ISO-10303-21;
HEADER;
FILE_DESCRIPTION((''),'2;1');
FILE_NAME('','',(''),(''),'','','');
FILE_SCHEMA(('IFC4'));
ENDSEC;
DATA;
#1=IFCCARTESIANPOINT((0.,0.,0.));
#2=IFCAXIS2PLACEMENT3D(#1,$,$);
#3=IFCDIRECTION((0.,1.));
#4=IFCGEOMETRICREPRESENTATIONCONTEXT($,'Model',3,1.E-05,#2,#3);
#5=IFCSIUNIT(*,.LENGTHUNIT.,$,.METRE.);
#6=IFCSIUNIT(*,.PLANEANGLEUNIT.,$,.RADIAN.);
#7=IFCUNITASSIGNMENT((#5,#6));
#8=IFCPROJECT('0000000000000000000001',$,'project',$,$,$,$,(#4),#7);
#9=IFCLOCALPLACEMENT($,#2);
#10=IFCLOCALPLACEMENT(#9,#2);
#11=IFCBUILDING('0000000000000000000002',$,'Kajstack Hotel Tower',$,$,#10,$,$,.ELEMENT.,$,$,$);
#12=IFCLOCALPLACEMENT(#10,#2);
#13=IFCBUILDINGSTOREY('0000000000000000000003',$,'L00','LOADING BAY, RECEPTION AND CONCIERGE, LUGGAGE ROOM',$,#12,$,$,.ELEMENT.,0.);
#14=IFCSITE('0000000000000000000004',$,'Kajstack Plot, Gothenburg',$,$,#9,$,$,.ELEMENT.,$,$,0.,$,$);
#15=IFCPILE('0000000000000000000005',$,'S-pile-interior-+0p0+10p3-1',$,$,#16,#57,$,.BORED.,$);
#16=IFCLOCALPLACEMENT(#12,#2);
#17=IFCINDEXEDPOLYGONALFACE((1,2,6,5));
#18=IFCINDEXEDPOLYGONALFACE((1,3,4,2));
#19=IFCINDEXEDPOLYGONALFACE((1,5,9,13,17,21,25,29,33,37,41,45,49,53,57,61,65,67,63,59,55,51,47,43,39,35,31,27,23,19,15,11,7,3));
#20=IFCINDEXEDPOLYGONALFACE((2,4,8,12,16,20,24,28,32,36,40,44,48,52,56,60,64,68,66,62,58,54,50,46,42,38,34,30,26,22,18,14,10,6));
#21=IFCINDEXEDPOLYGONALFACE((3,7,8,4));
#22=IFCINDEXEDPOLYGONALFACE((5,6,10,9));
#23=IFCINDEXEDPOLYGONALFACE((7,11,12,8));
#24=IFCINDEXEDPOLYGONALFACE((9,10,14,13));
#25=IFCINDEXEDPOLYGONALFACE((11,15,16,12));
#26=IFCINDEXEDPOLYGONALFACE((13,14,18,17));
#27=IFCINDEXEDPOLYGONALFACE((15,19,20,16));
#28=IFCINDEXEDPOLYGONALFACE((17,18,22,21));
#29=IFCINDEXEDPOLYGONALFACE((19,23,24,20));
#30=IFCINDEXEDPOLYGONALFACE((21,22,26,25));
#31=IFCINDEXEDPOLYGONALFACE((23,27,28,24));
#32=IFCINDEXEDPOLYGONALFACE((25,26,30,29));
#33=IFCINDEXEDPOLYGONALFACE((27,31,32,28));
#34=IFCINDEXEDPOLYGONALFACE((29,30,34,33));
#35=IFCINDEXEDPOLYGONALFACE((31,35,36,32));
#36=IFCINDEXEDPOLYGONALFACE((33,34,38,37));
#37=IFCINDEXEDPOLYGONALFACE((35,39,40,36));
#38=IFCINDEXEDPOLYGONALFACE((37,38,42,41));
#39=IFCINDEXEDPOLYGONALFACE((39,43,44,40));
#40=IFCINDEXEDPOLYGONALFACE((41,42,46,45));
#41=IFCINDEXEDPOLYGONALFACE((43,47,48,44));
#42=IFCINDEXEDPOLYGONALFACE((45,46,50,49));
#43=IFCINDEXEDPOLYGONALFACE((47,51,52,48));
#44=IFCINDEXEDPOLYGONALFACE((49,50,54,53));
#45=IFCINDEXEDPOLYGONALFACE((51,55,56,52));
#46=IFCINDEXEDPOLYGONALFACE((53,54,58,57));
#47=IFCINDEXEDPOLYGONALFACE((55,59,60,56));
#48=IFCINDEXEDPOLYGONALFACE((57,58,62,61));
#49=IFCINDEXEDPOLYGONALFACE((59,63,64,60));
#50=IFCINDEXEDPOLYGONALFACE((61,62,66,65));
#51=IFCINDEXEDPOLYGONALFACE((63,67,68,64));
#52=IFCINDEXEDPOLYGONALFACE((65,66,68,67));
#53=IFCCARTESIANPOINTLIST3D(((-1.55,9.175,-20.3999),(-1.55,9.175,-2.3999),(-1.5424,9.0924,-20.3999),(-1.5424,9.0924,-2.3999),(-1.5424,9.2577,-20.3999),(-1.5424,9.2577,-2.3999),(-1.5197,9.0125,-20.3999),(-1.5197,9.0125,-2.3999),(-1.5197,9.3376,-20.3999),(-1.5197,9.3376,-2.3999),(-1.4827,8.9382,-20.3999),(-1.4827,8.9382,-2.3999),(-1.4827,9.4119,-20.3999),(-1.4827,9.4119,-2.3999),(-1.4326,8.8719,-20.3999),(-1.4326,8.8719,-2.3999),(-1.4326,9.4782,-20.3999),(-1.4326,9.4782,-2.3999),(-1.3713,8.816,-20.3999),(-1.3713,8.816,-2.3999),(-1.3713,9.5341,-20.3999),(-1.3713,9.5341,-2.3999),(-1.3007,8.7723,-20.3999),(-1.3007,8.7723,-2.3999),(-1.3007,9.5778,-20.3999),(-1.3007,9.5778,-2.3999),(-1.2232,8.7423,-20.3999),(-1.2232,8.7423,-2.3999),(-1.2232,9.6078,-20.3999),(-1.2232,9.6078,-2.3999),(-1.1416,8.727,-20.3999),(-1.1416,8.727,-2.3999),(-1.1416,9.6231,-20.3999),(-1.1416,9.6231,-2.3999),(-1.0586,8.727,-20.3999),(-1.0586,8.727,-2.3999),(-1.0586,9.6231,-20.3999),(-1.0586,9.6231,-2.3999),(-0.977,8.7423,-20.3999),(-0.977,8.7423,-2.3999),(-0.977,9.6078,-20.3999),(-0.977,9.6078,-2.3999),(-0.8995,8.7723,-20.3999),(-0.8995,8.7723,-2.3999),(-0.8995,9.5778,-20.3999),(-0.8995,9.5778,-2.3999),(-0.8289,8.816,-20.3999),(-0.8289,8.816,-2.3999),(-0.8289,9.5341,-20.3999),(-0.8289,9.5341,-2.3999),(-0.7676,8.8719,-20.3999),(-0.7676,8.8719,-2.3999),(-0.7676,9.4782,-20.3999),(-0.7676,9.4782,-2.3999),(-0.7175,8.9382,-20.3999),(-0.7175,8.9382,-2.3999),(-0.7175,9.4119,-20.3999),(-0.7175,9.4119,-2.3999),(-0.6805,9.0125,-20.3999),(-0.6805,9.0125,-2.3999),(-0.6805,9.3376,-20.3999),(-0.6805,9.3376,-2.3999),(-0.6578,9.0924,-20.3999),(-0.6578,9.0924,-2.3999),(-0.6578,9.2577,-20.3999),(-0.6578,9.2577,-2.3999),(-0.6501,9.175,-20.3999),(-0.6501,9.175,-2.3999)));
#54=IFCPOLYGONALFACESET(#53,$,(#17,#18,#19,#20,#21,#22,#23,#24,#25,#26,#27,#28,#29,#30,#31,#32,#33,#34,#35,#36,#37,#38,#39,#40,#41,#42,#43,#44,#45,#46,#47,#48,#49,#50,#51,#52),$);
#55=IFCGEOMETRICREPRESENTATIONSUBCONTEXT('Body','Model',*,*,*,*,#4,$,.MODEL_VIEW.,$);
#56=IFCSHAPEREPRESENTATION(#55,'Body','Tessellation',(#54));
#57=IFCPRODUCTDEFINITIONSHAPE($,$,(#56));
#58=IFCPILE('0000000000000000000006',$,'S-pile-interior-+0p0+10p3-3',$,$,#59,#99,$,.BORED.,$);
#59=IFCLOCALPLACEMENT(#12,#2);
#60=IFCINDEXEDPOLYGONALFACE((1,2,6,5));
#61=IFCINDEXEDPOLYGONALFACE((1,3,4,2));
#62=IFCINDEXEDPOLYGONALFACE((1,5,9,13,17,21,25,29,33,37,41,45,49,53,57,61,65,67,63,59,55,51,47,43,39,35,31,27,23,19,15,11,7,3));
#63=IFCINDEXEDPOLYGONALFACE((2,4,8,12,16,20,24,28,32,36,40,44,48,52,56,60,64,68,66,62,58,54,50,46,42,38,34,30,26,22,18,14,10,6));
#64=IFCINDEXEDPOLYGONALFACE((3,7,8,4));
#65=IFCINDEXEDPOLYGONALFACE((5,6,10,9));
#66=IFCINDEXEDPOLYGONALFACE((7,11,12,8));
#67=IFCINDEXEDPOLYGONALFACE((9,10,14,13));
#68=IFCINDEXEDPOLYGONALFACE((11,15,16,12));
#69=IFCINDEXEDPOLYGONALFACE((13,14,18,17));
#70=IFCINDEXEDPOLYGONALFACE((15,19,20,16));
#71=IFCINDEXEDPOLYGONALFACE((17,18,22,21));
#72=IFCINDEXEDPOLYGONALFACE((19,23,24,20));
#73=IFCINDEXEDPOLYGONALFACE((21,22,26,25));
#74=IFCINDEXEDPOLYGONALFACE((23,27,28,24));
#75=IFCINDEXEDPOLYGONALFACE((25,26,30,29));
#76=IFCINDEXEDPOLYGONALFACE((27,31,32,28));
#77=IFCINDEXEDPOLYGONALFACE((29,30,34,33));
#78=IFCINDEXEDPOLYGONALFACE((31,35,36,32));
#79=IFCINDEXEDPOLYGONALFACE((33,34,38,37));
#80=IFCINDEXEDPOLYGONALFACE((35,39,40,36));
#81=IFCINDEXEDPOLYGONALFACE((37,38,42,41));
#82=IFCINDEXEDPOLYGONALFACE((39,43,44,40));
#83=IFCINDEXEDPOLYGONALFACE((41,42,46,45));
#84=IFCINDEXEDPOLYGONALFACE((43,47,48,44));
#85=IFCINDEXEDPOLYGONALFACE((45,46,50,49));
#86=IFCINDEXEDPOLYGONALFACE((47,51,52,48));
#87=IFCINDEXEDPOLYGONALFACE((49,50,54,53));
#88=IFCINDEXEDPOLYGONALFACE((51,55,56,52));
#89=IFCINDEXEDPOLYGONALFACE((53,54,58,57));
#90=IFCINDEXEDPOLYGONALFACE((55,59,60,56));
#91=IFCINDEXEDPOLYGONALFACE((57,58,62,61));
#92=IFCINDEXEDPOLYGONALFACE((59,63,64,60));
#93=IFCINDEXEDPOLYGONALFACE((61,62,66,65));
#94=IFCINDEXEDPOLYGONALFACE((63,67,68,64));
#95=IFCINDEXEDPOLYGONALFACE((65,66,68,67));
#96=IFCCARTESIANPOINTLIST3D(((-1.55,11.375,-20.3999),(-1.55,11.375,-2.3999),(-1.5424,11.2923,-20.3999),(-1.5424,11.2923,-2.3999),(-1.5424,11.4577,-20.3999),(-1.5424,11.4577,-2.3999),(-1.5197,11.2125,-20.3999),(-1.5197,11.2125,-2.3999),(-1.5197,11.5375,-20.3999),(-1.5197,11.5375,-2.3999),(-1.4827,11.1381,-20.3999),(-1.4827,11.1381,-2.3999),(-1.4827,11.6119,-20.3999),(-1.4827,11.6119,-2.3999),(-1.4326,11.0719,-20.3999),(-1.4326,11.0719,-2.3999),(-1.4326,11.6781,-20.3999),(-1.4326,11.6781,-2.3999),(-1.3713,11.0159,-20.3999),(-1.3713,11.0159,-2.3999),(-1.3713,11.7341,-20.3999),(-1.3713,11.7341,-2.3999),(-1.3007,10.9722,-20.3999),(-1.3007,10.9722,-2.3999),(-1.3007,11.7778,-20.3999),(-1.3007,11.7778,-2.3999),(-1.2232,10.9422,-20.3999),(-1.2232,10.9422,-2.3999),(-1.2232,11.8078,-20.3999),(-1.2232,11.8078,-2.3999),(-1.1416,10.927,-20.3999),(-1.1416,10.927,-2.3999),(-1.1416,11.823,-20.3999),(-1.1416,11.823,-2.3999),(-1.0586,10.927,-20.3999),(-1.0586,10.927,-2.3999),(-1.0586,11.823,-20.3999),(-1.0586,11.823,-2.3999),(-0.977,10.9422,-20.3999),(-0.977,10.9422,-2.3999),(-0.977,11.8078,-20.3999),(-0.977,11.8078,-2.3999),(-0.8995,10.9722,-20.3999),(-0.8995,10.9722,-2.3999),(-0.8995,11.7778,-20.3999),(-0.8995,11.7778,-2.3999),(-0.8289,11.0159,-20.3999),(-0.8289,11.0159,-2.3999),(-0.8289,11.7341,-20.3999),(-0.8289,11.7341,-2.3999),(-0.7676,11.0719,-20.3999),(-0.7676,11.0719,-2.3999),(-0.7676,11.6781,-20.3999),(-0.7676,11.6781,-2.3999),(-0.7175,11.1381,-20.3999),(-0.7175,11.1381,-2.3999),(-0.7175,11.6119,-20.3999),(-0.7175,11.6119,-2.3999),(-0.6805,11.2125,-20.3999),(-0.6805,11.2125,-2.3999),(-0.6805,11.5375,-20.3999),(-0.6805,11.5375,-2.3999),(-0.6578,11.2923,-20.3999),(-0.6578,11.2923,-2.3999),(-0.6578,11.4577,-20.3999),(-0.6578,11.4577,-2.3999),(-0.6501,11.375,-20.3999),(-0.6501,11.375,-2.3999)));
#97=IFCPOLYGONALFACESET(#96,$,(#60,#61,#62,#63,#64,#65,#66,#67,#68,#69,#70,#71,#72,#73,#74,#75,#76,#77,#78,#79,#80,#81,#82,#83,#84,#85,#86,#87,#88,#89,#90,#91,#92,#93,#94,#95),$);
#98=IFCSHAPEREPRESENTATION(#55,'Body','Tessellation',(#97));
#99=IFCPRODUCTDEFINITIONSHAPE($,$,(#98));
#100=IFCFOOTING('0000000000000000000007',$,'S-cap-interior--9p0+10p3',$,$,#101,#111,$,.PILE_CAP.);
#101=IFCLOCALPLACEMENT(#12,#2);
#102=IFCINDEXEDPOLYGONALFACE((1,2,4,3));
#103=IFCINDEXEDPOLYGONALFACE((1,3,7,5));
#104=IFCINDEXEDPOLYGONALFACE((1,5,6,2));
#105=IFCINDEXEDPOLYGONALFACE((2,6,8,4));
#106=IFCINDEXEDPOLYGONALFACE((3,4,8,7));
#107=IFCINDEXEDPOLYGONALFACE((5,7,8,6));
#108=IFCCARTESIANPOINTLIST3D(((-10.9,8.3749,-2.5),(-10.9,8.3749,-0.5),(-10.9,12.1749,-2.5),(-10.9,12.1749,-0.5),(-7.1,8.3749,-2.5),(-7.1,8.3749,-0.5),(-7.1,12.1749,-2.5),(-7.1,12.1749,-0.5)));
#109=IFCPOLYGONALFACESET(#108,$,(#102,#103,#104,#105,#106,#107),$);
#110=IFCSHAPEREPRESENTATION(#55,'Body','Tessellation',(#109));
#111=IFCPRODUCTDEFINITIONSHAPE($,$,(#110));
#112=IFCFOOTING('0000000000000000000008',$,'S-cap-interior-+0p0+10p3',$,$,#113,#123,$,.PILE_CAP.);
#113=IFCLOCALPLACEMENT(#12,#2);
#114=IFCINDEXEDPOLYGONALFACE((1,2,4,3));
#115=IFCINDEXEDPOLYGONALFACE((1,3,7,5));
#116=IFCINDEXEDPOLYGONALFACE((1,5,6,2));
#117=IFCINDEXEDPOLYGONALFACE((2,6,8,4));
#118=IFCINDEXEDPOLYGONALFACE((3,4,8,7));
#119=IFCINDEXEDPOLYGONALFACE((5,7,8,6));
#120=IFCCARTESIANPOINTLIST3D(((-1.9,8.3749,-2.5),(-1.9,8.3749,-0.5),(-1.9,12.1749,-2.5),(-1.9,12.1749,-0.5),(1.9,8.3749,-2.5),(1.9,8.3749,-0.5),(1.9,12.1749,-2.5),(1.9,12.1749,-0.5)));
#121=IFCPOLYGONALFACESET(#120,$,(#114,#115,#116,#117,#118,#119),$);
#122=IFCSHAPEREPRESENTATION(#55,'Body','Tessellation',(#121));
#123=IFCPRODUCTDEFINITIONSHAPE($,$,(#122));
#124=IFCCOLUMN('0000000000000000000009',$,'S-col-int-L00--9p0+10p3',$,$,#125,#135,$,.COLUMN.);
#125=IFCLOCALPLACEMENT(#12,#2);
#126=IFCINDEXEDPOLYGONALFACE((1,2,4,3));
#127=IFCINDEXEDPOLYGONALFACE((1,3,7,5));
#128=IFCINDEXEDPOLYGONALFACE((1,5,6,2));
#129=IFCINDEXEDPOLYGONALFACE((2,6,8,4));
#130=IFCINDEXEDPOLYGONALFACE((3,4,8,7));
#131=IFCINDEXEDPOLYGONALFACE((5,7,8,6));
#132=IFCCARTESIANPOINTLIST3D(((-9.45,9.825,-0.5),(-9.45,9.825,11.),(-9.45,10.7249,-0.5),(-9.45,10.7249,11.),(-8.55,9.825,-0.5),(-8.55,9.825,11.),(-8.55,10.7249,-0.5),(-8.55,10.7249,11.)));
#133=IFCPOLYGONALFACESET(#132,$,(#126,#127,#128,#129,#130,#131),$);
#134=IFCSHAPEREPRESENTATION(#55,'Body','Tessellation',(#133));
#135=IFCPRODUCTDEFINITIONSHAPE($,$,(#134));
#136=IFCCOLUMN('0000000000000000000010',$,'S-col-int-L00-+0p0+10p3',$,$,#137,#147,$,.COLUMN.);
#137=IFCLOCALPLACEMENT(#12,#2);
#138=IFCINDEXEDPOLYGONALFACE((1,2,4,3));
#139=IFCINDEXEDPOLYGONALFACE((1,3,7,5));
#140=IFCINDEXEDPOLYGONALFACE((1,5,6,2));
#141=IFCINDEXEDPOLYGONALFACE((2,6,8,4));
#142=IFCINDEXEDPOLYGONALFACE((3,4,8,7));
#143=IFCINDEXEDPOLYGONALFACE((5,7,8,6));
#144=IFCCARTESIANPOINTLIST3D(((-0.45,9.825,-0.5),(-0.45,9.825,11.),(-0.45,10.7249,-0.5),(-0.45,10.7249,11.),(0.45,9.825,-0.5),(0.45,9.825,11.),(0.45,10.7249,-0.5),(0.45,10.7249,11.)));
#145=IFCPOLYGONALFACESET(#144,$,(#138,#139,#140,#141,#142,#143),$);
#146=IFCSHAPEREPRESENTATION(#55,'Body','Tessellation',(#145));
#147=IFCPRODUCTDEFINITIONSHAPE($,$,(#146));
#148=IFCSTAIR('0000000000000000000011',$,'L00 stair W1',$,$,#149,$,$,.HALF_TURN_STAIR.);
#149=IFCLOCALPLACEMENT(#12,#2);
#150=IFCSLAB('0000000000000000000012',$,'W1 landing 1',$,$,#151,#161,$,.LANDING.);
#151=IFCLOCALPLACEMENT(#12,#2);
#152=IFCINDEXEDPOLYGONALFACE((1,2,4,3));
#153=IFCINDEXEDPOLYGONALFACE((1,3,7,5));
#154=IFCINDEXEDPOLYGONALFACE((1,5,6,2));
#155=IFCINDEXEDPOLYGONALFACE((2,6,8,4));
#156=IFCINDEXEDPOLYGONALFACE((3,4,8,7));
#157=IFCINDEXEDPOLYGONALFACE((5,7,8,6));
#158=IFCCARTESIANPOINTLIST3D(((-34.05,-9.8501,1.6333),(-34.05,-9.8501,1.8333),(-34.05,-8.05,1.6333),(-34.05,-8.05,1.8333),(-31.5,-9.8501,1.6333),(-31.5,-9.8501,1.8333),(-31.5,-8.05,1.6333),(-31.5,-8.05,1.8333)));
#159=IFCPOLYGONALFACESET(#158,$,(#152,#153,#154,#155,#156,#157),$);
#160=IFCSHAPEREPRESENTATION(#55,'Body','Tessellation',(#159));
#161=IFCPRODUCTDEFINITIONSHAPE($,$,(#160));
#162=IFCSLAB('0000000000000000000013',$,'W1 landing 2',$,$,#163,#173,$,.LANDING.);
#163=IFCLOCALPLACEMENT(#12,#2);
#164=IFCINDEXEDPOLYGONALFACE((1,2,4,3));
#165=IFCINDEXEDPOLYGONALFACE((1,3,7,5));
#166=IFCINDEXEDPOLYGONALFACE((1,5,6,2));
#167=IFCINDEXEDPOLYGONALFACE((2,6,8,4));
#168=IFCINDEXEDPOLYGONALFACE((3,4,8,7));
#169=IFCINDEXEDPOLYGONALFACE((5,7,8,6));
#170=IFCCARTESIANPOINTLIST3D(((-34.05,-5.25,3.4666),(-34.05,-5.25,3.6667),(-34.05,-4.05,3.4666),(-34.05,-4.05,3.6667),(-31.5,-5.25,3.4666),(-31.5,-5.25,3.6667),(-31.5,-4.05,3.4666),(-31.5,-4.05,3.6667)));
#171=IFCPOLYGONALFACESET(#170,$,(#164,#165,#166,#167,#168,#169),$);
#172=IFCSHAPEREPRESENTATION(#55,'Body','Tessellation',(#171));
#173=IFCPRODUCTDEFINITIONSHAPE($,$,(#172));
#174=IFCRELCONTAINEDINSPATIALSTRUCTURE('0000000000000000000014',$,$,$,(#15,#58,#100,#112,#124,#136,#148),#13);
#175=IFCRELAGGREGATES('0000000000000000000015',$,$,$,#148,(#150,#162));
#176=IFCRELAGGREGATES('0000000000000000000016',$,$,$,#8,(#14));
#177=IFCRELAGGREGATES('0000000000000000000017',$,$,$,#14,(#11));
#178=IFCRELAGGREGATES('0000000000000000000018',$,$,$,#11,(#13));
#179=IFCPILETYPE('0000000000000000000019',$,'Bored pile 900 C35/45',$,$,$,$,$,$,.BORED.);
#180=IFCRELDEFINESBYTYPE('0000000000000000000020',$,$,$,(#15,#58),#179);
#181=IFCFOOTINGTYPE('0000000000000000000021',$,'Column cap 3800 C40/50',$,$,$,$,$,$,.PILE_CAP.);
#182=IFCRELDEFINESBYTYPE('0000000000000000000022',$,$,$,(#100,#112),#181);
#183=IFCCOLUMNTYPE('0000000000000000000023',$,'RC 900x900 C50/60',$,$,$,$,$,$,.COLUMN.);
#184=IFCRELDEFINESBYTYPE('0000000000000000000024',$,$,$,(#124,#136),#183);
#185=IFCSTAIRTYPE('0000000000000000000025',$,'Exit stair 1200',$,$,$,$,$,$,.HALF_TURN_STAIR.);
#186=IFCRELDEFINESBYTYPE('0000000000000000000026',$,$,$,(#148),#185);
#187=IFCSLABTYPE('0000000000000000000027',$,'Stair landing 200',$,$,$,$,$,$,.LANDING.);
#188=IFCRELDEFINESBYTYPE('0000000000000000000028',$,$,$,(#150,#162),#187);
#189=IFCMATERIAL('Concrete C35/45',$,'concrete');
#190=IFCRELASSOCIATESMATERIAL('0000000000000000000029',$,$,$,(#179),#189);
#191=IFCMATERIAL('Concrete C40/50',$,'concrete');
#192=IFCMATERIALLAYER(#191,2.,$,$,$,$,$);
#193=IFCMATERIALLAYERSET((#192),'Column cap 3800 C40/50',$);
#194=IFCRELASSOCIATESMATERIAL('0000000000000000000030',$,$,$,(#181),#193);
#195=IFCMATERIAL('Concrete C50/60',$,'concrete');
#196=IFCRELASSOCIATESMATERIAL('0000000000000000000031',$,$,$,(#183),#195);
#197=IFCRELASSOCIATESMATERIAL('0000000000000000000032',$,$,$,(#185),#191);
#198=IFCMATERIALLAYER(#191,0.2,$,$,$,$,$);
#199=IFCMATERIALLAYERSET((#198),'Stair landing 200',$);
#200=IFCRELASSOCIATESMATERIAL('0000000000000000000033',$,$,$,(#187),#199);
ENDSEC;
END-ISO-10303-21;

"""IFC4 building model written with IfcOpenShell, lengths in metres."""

from ifc_helpers import new_model, si_unit, direction, frame, origin, origin_2d, place, context, subcontext, project, spatial, polyline, rectangle, circle, outline, extrude, material, layer, layer_set, material_profile, profile_set, type_object, element, aggregate, save


model = new_model("IFC4")

# Units and contexts
model_context = context("Model", 3, precision=1e-05, world=origin(), true_north=direction((0.0, 1.0)))
body_context = subcontext(model_context, "Body", "Model", "MODEL_VIEW")
ifc_project = project(units=[si_unit("LENGTHUNIT", "METRE"), si_unit("PLANEANGLEUNIT", "RADIAN")], contexts=[model_context])

# Site, building, storey
site_placement = place(None, origin())
site = spatial("IfcSite", under=ifc_project, at=site_placement, Name="Kajstack Plot, Gothenburg", CompositionType="ELEMENT", RefElevation=0.0)
building_placement = place(site_placement, origin())
building = spatial("IfcBuilding", under=site, at=building_placement, Name="Kajstack Hotel Tower", CompositionType="ELEMENT")
storey_placement = place(building_placement, origin())
storey = spatial("IfcBuildingStorey", under=building, at=storey_placement, Name="L00", Description="LOADING BAY, RECEPTION AND CONCIERGE, LUGGAGE ROOM", CompositionType="ELEMENT", Elevation=0.0)

# Piles
ifc_material_1 = material(Name="Concrete C35/45", Category="concrete")
ifc_material_profile_1 = material_profile(ifc_material_1, circle(Radius=0.45, at=origin_2d()), Name="RC round 900")
ifc_profile_set_1 = profile_set([ifc_material_profile_1], Name="Concrete C35/45")
pile_type_1 = type_object("IfcPileType", Name="Bored pile 900 C35/45", PredefinedType="BORED", material=ifc_profile_set_1)
for number, where, z_axis, x_axis, name in (
    (1, (-1.1001, 9.175, -2.3999), (0.0, 0.0, -1.0), (1.0, 0.0, 0.0), "S-pile-interior-+0p0+10p3-1"),
    (2, (-1.1001, 11.375, -2.3999), (0.0, 0.0, -1.0), (1.0, 0.0, 0.0), "S-pile-interior-+0p0+10p3-3"),
):
    element("IfcPile", number, at=place(storey_placement, frame(where, z_axis=z_axis, x_axis=x_axis)), inside=storey, type_object=pile_type_1, Name=name, PredefinedType="BORED", context=body_context, shape_type="SweptSolid", body=[
        extrude(circle(Radius=0.45, at=origin_2d()), origin(), (0.0, 0.0, 1.0), 18.0),
    ])

# Footings
ifc_material_2 = material(Name="Concrete C40/50", Category="concrete")
ifc_layer_1 = layer(ifc_material_2, 2.0)
ifc_layer_set_1 = layer_set([ifc_layer_1], Name="Column cap 3800 C40/50")
footing_type = type_object("IfcFootingType", Name="Column cap 3800 C40/50", PredefinedType="PILE_CAP", material=ifc_layer_set_1)
for number, where, z_axis, x_axis, name in (
    (3, (-9.0, 10.2749, -2.5), (0.0, 0.0, 1.0), (1.0, 0.0, 0.0), "S-cap-interior--9p0+10p3"),
    (4, (0.0, 10.2749, -2.5), (0.0, 0.0, 1.0), (1.0, 0.0, 0.0), "S-cap-interior-+0p0+10p3"),
):
    element("IfcFooting", number, at=place(storey_placement, frame(where, z_axis=z_axis, x_axis=x_axis)), inside=storey, type_object=footing_type, Name=name, PredefinedType="PILE_CAP", context=body_context, shape_type="SweptSolid", body=[
        extrude(rectangle(XDim=3.8, YDim=3.8, at=origin_2d()), origin(), (0.0, 0.0, 1.0), 2.0),
    ])

# Columns
ifc_material_3 = material(Name="Concrete C50/60", Category="concrete")
ifc_material_profile_2 = material_profile(ifc_material_3, rectangle(XDim=0.8999, YDim=0.8999, at=origin_2d()), Name="RC 900x900")
ifc_profile_set_2 = profile_set([ifc_material_profile_2], Name="Concrete C50/60")
column_type = type_object("IfcColumnType", Name="RC 900x900 C50/60", PredefinedType="COLUMN", material=ifc_profile_set_2)
for number, where, z_axis, x_axis, name in (
    (5, (-9.0, 10.2749, -0.5), (0.0, 0.0, 1.0), (1.0, 0.0, 0.0), "S-col-int-L00--9p0+10p3"),
    (6, (0.0, 10.2749, -0.5), (0.0, 0.0, 1.0), (1.0, 0.0, 0.0), "S-col-int-L00-+0p0+10p3"),
):
    element("IfcColumn", number, at=place(storey_placement, frame(where, z_axis=z_axis, x_axis=x_axis)), inside=storey, type_object=column_type, Name=name, PredefinedType="COLUMN", context=body_context, shape_type="SweptSolid", body=[
        extrude(rectangle(XDim=0.8999, YDim=0.8999, at=origin_2d()), origin(), (0.0, 0.0, 1.0), 11.5),
    ])

# Stair, slabs
stair_type = type_object("IfcStairType", Name="Exit stair 1200", PredefinedType="HALF_TURN_STAIR", material=ifc_material_2)
stair_placement = place(storey_placement, origin())
stair = element("IfcStair", 7, at=stair_placement, inside=storey, type_object=stair_type, Name="L00 stair W1", PredefinedType="HALF_TURN_STAIR")
ifc_layer_2 = layer(ifc_material_2, 0.2)
ifc_layer_set_2 = layer_set([ifc_layer_2], Name="Stair landing 200")
slab_type = type_object("IfcSlabType", Name="Stair landing 200", PredefinedType="LANDING", material=ifc_layer_set_2)
slab_1_placement = place(storey_placement, frame((0.0, 0.0, 1.6333)))
slab_1 = element("IfcSlab", 8, at=slab_1_placement, type_object=slab_type, Name="W1 landing 1", PredefinedType="LANDING", context=body_context, shape_type="SweptSolid", body=[
    extrude(outline(polyline([(-34.05, -8.05), (-34.05, -9.8501), (-31.5, -9.8501), (-31.5, -8.05), (-34.05, -8.05)])), origin(), (0.0, 0.0, 1.0), 0.2),
])
slab_2_placement = place(storey_placement, frame((0.0, 0.0, 3.4666)))
slab_2 = element("IfcSlab", 9, at=slab_2_placement, type_object=slab_type, Name="W1 landing 2", PredefinedType="LANDING", context=body_context, shape_type="SweptSolid", body=[
    extrude(outline(polyline([(-34.05, -4.05), (-34.05, -5.25), (-31.5, -5.25), (-31.5, -4.05), (-34.05, -4.05)])), origin(), (0.0, 0.0, 1.0), 0.2002),
])
aggregate(stair, [slab_1, slab_2])

save(model, "model.ifc")
